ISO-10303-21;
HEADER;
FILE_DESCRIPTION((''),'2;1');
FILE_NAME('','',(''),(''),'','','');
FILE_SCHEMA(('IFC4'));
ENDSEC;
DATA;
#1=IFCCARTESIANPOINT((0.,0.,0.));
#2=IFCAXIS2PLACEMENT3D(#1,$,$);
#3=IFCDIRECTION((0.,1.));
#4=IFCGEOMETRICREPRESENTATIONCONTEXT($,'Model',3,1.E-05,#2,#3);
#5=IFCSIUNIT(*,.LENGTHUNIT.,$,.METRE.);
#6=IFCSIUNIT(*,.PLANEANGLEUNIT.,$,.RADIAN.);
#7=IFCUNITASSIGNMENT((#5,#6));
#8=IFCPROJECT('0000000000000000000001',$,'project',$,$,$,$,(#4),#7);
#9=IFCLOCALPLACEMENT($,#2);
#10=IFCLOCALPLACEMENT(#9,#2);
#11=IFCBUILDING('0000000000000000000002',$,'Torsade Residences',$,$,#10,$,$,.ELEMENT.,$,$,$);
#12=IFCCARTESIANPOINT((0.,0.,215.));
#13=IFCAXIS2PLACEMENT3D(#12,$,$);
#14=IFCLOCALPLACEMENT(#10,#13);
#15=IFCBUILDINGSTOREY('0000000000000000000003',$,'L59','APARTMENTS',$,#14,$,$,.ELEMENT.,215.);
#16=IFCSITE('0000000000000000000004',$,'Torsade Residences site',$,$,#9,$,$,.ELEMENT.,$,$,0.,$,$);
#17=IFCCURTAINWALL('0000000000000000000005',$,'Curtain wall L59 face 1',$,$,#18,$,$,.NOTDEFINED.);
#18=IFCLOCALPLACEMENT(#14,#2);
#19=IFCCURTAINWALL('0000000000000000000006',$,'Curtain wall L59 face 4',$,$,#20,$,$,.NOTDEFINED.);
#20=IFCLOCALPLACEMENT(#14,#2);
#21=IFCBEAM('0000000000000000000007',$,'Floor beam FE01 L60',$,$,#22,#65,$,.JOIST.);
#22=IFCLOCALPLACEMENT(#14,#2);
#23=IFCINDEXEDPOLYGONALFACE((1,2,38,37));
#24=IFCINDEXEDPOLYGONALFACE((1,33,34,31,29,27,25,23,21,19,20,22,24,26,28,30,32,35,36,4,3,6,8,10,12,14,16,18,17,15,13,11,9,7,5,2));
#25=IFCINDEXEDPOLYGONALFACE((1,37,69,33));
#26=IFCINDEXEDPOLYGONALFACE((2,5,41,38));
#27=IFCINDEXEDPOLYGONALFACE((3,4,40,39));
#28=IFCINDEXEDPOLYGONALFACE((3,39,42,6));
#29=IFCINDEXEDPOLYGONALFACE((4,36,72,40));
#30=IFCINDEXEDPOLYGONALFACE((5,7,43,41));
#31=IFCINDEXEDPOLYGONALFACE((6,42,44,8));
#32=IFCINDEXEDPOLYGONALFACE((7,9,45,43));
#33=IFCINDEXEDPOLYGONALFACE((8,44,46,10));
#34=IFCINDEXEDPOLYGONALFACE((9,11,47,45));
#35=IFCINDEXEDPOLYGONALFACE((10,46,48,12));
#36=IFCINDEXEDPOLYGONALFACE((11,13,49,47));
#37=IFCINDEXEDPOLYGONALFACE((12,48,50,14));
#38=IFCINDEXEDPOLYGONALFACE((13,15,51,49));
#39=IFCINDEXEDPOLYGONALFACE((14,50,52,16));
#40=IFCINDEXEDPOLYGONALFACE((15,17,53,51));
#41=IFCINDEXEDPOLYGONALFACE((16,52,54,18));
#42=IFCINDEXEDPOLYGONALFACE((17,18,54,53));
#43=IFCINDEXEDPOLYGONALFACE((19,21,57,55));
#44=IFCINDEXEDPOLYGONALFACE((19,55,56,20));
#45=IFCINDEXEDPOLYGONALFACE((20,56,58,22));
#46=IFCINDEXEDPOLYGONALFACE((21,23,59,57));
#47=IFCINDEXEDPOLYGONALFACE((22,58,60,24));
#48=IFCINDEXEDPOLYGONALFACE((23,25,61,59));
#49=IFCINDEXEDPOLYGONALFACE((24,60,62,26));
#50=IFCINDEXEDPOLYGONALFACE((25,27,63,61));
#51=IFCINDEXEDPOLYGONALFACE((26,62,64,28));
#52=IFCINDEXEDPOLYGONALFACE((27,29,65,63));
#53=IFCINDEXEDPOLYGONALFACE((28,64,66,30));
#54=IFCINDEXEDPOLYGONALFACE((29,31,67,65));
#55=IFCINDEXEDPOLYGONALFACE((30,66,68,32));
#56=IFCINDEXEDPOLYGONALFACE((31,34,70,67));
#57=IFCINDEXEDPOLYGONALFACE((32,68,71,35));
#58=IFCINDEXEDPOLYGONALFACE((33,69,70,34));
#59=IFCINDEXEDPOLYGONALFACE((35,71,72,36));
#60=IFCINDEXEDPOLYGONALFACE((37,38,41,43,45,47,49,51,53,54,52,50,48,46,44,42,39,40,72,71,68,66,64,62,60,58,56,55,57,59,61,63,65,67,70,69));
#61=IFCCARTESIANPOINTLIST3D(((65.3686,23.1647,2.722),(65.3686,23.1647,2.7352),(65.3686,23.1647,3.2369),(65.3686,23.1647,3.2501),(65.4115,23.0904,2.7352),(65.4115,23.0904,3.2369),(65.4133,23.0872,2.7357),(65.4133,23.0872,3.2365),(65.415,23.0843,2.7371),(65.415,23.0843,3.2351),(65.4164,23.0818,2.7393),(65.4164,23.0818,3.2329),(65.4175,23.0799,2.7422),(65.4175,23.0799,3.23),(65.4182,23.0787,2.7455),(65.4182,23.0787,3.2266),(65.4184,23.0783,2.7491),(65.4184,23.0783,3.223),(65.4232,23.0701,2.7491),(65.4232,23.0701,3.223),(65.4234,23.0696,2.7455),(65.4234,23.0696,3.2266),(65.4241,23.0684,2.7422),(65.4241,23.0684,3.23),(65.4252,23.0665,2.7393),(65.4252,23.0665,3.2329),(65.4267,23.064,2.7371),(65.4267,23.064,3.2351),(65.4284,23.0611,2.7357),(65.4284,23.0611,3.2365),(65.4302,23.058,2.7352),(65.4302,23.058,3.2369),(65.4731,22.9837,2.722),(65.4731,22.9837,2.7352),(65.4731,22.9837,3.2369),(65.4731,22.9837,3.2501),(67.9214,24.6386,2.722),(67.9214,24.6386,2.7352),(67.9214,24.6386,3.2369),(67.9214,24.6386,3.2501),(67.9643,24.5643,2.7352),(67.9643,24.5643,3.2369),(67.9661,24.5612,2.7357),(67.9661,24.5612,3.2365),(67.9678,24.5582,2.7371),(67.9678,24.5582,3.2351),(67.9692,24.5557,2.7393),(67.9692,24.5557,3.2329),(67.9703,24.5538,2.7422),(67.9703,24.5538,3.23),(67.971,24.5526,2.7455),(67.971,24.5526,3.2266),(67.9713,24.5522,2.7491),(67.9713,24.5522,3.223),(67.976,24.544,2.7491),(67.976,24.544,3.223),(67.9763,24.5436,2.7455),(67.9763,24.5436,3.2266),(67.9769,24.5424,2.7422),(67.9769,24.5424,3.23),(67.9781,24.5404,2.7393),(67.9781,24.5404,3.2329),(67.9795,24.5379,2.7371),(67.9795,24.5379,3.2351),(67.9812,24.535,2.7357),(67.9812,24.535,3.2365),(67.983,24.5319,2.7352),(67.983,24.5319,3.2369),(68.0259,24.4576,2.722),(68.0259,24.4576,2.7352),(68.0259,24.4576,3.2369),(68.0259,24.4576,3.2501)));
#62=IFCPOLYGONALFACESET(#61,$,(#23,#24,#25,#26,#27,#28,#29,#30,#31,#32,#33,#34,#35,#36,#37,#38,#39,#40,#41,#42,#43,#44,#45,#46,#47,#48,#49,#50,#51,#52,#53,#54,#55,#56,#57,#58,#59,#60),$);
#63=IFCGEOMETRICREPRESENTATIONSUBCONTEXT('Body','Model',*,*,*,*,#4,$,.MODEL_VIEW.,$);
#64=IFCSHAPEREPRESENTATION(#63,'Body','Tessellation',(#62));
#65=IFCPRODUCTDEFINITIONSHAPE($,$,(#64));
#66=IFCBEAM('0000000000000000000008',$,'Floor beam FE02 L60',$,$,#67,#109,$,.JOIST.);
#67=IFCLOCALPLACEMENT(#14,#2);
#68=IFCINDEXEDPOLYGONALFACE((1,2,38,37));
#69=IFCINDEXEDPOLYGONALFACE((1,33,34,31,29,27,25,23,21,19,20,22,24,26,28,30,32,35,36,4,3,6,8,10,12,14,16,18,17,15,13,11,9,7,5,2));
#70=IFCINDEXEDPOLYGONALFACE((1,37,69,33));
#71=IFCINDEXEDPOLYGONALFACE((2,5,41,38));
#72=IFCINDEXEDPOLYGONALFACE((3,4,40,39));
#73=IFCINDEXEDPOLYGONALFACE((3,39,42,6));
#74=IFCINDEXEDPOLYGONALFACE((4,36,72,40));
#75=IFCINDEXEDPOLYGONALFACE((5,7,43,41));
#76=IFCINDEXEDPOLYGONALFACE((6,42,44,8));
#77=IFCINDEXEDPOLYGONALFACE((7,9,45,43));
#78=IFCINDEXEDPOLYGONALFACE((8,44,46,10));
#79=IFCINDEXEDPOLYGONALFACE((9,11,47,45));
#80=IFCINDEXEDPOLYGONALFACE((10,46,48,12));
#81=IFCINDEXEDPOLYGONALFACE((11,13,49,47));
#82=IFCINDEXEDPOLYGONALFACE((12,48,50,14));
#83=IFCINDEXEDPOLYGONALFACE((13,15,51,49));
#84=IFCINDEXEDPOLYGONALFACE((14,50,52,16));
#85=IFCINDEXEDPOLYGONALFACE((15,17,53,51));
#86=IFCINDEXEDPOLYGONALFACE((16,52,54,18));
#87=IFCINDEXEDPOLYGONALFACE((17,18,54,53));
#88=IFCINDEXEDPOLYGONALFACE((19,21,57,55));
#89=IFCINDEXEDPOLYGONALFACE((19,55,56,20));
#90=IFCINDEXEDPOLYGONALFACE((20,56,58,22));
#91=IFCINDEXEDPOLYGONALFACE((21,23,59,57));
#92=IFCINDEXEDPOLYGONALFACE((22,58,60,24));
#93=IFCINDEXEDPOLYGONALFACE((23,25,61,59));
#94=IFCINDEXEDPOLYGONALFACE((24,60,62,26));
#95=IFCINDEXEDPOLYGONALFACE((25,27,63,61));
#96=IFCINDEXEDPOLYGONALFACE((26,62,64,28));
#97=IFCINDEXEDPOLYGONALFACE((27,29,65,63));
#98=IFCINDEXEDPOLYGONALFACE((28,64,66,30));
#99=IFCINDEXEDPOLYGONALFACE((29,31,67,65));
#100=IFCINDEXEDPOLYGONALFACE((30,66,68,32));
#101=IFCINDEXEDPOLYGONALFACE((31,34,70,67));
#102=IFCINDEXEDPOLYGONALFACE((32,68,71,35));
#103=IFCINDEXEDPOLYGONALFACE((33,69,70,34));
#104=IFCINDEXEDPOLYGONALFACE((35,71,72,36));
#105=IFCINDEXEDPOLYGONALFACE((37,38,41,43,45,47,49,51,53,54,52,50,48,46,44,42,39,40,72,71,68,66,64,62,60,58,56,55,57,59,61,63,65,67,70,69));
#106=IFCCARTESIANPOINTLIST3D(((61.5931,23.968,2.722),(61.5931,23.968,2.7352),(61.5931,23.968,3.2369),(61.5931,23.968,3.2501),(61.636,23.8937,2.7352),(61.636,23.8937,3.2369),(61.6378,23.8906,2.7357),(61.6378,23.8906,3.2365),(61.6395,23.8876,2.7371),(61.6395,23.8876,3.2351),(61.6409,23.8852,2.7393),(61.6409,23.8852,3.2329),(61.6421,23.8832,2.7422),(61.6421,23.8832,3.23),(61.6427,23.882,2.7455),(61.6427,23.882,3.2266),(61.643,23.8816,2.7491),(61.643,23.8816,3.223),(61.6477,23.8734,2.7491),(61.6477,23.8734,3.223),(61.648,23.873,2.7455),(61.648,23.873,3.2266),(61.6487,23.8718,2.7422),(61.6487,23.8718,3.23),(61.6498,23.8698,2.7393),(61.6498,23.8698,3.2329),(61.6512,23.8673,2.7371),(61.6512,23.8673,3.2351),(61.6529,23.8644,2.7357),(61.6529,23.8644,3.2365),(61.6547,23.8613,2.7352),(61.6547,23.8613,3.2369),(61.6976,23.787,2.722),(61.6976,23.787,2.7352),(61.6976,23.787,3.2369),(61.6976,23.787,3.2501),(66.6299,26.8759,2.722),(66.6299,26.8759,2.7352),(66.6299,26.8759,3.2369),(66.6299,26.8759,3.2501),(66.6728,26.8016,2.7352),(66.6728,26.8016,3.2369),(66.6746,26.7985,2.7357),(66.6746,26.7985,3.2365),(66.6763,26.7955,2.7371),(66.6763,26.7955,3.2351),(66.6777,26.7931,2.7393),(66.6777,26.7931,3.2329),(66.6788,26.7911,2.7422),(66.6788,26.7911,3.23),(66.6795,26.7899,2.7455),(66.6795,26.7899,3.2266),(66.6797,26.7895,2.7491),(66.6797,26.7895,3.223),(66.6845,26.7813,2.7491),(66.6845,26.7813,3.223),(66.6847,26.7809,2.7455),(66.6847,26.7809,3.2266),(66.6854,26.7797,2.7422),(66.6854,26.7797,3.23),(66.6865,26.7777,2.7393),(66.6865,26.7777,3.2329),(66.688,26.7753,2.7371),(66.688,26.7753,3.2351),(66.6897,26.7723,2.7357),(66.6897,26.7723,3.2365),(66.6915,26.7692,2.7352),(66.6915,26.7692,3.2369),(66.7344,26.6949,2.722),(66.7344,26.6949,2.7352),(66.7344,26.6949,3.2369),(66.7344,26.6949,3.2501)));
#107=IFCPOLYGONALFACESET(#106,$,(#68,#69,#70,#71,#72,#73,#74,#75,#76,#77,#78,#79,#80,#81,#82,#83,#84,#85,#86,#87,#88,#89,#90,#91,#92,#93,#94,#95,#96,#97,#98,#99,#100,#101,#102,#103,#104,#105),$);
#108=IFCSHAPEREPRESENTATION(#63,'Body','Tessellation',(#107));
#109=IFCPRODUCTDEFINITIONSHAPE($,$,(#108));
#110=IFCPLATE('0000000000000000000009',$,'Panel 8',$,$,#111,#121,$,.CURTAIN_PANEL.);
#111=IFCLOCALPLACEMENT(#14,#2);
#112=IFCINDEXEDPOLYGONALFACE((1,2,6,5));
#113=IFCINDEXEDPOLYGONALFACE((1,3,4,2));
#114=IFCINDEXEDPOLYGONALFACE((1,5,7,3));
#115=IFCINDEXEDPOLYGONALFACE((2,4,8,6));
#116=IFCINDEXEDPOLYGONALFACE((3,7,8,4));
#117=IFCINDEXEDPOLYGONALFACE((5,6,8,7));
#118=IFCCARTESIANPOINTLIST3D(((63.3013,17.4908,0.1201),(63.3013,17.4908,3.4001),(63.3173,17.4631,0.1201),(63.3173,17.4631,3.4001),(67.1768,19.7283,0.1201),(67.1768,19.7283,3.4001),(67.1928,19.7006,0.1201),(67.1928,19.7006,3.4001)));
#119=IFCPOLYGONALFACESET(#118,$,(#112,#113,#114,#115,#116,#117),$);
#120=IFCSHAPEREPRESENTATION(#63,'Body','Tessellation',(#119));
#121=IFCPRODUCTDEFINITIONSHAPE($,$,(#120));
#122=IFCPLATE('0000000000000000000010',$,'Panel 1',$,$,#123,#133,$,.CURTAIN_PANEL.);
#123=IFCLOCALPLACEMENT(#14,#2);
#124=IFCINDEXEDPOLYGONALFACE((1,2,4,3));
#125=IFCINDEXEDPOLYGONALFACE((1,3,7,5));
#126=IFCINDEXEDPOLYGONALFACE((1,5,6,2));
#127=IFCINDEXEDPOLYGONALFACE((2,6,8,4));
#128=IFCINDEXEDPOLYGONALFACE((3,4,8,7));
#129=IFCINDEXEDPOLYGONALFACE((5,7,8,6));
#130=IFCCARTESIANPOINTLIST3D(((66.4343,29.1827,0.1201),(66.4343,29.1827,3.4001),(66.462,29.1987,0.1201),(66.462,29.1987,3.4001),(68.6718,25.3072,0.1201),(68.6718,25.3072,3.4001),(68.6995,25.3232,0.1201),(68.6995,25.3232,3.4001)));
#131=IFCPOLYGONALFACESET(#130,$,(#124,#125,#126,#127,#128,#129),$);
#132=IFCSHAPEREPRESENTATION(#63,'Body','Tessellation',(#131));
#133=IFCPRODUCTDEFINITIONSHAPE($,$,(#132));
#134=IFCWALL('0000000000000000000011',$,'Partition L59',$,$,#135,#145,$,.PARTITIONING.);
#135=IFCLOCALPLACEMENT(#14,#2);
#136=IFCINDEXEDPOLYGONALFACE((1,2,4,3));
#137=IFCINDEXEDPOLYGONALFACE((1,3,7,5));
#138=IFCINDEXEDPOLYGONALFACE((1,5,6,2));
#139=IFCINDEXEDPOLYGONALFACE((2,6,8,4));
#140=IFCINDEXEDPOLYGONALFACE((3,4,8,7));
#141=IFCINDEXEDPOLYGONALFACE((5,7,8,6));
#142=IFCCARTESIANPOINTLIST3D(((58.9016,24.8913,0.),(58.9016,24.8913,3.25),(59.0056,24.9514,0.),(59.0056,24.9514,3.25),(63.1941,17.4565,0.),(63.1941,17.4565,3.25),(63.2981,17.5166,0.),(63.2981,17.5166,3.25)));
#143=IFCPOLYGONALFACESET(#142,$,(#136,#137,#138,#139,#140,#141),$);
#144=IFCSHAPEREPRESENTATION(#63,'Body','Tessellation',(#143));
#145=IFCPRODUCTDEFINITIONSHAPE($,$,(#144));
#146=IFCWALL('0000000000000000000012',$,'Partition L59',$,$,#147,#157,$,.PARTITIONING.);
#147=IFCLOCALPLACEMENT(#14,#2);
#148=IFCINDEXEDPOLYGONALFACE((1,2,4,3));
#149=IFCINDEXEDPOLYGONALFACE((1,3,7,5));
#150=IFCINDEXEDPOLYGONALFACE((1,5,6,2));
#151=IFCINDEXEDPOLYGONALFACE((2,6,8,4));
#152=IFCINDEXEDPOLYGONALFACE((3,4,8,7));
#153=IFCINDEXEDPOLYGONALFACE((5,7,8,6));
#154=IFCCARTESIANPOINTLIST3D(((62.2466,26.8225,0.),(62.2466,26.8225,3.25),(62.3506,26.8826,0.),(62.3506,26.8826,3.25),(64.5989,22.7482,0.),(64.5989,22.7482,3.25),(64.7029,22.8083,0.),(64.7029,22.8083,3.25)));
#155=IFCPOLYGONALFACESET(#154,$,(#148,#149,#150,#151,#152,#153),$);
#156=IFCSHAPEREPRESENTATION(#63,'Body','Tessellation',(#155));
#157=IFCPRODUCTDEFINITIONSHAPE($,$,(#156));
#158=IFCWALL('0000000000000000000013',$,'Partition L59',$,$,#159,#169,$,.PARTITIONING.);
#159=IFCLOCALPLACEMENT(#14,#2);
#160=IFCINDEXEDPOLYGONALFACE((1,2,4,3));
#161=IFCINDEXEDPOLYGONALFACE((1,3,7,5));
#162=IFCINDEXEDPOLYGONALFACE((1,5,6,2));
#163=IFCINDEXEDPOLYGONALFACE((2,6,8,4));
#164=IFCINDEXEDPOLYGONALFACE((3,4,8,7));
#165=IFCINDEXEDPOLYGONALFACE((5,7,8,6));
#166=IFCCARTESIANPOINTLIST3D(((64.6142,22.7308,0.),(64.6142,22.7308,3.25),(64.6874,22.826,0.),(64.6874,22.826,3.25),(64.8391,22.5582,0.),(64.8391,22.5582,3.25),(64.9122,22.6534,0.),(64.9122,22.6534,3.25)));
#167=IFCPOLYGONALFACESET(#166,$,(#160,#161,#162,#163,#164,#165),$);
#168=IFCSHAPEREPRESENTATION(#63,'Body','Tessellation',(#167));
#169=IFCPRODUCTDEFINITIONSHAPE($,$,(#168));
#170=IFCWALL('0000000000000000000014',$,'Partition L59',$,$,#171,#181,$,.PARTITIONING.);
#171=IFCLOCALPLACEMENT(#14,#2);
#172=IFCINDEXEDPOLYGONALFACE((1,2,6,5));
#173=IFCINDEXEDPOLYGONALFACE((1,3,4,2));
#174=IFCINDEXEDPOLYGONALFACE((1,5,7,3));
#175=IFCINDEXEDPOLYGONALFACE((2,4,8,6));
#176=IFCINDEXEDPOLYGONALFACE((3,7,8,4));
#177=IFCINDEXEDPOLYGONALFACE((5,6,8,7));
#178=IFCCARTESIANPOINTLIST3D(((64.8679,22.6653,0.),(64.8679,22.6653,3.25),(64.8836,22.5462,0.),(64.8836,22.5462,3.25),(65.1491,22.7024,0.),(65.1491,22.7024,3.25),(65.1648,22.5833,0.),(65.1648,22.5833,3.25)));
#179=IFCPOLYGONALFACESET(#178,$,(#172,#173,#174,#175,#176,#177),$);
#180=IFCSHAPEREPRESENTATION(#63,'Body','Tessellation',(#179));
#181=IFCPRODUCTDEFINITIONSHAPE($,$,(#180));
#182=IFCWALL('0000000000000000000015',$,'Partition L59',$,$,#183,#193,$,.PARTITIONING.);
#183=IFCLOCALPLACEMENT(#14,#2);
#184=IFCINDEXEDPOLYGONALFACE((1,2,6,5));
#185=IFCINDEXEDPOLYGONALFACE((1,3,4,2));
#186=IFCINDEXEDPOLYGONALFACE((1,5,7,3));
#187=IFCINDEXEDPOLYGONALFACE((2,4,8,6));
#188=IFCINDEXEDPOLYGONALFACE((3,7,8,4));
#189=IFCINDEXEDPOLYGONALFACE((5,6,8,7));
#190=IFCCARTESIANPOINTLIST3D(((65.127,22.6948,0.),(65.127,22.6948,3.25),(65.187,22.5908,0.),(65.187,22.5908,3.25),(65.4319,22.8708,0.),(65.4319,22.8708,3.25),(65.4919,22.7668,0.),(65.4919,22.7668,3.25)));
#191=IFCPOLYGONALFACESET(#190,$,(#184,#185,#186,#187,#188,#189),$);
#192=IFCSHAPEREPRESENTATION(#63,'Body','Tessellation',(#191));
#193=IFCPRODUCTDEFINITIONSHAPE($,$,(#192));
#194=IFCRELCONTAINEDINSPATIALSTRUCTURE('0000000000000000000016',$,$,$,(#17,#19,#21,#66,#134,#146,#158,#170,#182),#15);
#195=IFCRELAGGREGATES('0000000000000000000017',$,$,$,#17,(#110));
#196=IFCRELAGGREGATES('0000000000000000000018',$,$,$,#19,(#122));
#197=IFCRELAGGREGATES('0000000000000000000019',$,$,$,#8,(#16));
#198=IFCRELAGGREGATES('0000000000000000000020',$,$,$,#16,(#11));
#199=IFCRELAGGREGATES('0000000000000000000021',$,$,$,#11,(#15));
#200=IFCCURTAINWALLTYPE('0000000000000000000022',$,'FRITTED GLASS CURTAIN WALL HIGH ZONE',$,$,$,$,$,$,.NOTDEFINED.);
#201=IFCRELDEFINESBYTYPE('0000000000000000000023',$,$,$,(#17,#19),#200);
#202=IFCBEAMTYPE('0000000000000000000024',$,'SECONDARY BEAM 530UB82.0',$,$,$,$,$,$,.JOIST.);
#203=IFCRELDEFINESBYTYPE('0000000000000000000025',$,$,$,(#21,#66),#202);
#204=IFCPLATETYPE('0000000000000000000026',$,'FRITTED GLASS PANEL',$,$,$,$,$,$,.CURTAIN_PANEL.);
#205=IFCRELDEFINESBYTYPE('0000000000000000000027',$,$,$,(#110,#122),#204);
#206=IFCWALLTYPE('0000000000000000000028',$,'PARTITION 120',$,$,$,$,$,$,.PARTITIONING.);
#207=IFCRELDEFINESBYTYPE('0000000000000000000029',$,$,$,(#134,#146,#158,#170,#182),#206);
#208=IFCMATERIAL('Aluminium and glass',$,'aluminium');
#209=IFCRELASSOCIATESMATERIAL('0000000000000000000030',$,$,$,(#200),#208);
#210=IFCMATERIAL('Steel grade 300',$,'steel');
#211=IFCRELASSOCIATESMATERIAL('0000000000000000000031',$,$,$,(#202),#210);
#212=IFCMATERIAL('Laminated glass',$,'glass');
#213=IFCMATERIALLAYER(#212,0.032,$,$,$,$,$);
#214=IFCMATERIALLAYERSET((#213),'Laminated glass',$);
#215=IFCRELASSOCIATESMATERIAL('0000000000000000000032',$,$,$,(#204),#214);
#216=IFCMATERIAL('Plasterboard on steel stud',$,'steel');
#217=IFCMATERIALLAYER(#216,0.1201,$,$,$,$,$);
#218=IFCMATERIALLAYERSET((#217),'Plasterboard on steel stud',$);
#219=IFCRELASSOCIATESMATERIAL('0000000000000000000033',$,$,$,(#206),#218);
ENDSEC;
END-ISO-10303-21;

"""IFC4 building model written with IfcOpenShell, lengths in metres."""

from ifc_helpers import new_model, si_unit, direction, frame, frame_2d, origin, origin_2d, place, context, subcontext, project, spatial, rectangle, i_section, extrude, material, layer, layer_set, material_profile, profile_set, type_object, element, aggregate, save


model = new_model("IFC4")

# Units and contexts
model_context = context("Model", 3, precision=1e-05, world=origin(), true_north=direction((0.0, 1.0)))
body_context = subcontext(model_context, "Body", "Model", "MODEL_VIEW")
ifc_project = project(units=[si_unit("LENGTHUNIT", "METRE"), si_unit("PLANEANGLEUNIT", "RADIAN")], contexts=[model_context])

# Site, building, storey
site_placement = place(None, origin())
site = spatial("IfcSite", under=ifc_project, at=site_placement, Name="Torsade Residences site", CompositionType="ELEMENT", RefElevation=0.0)
building_placement = place(site_placement, origin())
building = spatial("IfcBuilding", under=site, at=building_placement, Name="Torsade Residences", CompositionType="ELEMENT")
storey_placement = place(building_placement, frame((0.0, 0.0, 215.0)))
storey = spatial("IfcBuildingStorey", under=building, at=storey_placement, Name="L59", Description="APARTMENTS", CompositionType="ELEMENT", Elevation=215.0)

# Curtain wall
ifc_material_1 = material(Name="Aluminium and glass", Category="aluminium")
curtain_wall_type = type_object("IfcCurtainWallType", Name="FRITTED GLASS CURTAIN WALL HIGH ZONE", PredefinedType="NOTDEFINED", material=ifc_material_1)
curtain_wall_1_placement = place(storey_placement, origin())
curtain_wall_1 = element("IfcCurtainWall", 1, at=curtain_wall_1_placement, inside=storey, type_object=curtain_wall_type, Name="Curtain wall L59 face 1", PredefinedType="NOTDEFINED")

# Curtain wall
curtain_wall_2_placement = place(storey_placement, origin())
curtain_wall_2 = element("IfcCurtainWall", 2, at=curtain_wall_2_placement, inside=storey, type_object=curtain_wall_type, Name="Curtain wall L59 face 4", PredefinedType="NOTDEFINED")

# Beams
ifc_material_2 = material(Name="Steel grade 300", Category="steel")
ifc_material_profile_1 = material_profile(ifc_material_2, i_section(OverallWidth=0.209, OverallDepth=0.5281, WebThickness=0.0095, FlangeThickness=0.0132, FilletRadius=0.0139, at=origin_2d()), Name="530UB82.0")
ifc_profile_set_1 = profile_set([ifc_material_profile_1], Name="Steel grade 300")
beam_type_1 = type_object("IfcBeamType", Name="SECONDARY BEAM 530UB82.0", PredefinedType="JOIST", material=ifc_profile_set_1)
beam_1_placement = place(storey_placement, frame((67.9736, 24.5481, 2.9861), z_axis=(-0.866017, -0.500014, 0.0), x_axis=(0.500014, -0.866017, 0.0)))
element("IfcBeam", 3, at=beam_1_placement, inside=storey, type_object=beam_type_1, Name="Floor beam FE01 L60", PredefinedType="JOIST", context=body_context, shape_type="SweptSolid", body=[
    extrude(i_section(OverallWidth=0.209, OverallDepth=0.5281, WebThickness=0.0095, FlangeThickness=0.0132, FilletRadius=0.0139, at=origin_2d()), origin(), (0.0, 0.0, 1.0), 2.9478),
])
beam_2_placement = place(storey_placement, frame((66.6821, 26.7854, 2.9861), z_axis=(-0.866031, -0.49999, 0.0), x_axis=(0.49999, -0.866031, 0.0)))
element("IfcBeam", 4, at=beam_2_placement, inside=storey, type_object=beam_type_1, Name="Floor beam FE02 L60", PredefinedType="JOIST", context=body_context, shape_type="SweptSolid", body=[
    extrude(i_section(OverallWidth=0.209, OverallDepth=0.5281, WebThickness=0.0095, FlangeThickness=0.0132, FilletRadius=0.0139, at=origin_2d()), origin(), (0.0, 0.0, 1.0), 5.8159),
])

# Plates
ifc_material_3 = material(Name="Laminated glass", Category="glass")
ifc_layer_1 = layer(ifc_material_3, 0.032)
ifc_layer_set_1 = layer_set([ifc_layer_1], Name="Laminated glass")
plate_type = type_object("IfcPlateType", Name="FRITTED GLASS PANEL", PredefinedType="CURTAIN_PANEL", material=ifc_layer_set_1)
plate_1_placement = place(storey_placement, frame((65.2471, 18.5957, 0.1201), z_axis=(0.0, 0.0, 1.0), x_axis=(0.866025, 0.5, 0.0)))
plate_1 = element("IfcPlate", 5, at=plate_1_placement, type_object=plate_type, Name="Panel 8", PredefinedType="CURTAIN_PANEL", context=body_context, shape_type="SweptSolid", body=[
    extrude(rectangle(XDim=4.4751, YDim=0.032, at=origin_2d()), origin(), (0.0, 0.0, 1.0), 3.28),
])
aggregate(curtain_wall_1, [plate_1])
plate_2_placement = place(storey_placement, frame((67.5669, 27.2529, 0.1201), z_axis=(0.0, 0.0, 1.0), x_axis=(-0.5, 0.866025, 0.0)))
plate_2 = element("IfcPlate", 6, at=plate_2_placement, type_object=plate_type, Name="Panel 1", PredefinedType="CURTAIN_PANEL", context=body_context, shape_type="SweptSolid", body=[
    extrude(rectangle(XDim=4.4751, YDim=0.032, at=origin_2d()), origin(), (0.0, 0.0, 1.0), 3.28),
])
aggregate(curtain_wall_2, [plate_2])

# Walls
ifc_material_4 = material(Name="Plasterboard on steel stud", Category="steel")
ifc_layer_2 = layer(ifc_material_4, 0.1201)
ifc_layer_set_2 = layer_set([ifc_layer_2], Name="Plasterboard on steel stud")
wall_type_1 = type_object("IfcWallType", Name="PARTITION 120", PredefinedType="PARTITIONING", material=ifc_layer_set_2)
wall_1_placement = place(storey_placement, frame((63.2461, 17.4866, 0.0), z_axis=(0.0, 0.0, 1.0), x_axis=(-0.499999, 0.866026, 0.0)))
element("IfcWall", 7, at=wall_1_placement, inside=storey, type_object=wall_type_1, Name="Partition L59", PredefinedType="PARTITIONING", context=body_context, shape_type="SweptSolid", body=[
    extrude(rectangle(XDim=8.585, YDim=0.1201, at=frame_2d((4.2925, 0.0))), origin(), (0.0, 0.0, 1.0), 3.25),
])
wall_2_placement = place(storey_placement, frame((62.2986, 26.8525, 0.0), z_axis=(0.0, 0.0, 1.0), x_axis=(0.500007, -0.866021, 0.0)))
element("IfcWall", 8, at=wall_2_placement, inside=storey, type_object=wall_type_1, Name="Partition L59", PredefinedType="PARTITIONING", context=body_context, shape_type="SweptSolid", body=[
    extrude(rectangle(XDim=4.7046, YDim=0.1201, at=frame_2d((2.3523, 0.0))), origin(), (0.0, 0.0, 1.0), 3.25),
])
wall_3_placement = place(storey_placement, frame((64.6509, 22.7783, 0.0), z_axis=(0.0, 0.0, 1.0), x_axis=(0.793232, -0.60892, 0.0)))
element("IfcWall", 9, at=wall_3_placement, inside=storey, type_object=wall_type_1, Name="Partition L59", PredefinedType="PARTITIONING", context=body_context, shape_type="SweptSolid", body=[
    extrude(rectangle(XDim=0.2834, YDim=0.1201, at=frame_2d((0.1416, 0.0))), origin(), (0.0, 0.0, 1.0), 3.25),
])
wall_4_placement = place(storey_placement, frame((64.8757, 22.6057, 0.0), z_axis=(0.0, 0.0, 1.0), x_axis=(0.991407, 0.130811, 0.0)))
element("IfcWall", 10, at=wall_4_placement, inside=storey, type_object=wall_type_1, Name="Partition L59", PredefinedType="PARTITIONING", context=body_context, shape_type="SweptSolid", body=[
    extrude(rectangle(XDim=0.2837, YDim=0.1201, at=frame_2d((0.1418, 0.0))), origin(), (0.0, 0.0, 1.0), 3.25),
])
wall_5_placement = place(storey_placement, frame((65.157, 22.6428, 0.0), z_axis=(0.0, 0.0, 1.0), x_axis=(0.866059, 0.499943, 0.0)))
element("IfcWall", 11, at=wall_5_placement, inside=storey, type_object=wall_type_1, Name="Partition L59", PredefinedType="PARTITIONING", context=body_context, shape_type="SweptSolid", body=[
    extrude(rectangle(XDim=0.3521, YDim=0.1201, at=frame_2d((0.176, 0.0))), origin(), (0.0, 0.0, 1.0), 3.25),
])

save(model, "model.ifc")
